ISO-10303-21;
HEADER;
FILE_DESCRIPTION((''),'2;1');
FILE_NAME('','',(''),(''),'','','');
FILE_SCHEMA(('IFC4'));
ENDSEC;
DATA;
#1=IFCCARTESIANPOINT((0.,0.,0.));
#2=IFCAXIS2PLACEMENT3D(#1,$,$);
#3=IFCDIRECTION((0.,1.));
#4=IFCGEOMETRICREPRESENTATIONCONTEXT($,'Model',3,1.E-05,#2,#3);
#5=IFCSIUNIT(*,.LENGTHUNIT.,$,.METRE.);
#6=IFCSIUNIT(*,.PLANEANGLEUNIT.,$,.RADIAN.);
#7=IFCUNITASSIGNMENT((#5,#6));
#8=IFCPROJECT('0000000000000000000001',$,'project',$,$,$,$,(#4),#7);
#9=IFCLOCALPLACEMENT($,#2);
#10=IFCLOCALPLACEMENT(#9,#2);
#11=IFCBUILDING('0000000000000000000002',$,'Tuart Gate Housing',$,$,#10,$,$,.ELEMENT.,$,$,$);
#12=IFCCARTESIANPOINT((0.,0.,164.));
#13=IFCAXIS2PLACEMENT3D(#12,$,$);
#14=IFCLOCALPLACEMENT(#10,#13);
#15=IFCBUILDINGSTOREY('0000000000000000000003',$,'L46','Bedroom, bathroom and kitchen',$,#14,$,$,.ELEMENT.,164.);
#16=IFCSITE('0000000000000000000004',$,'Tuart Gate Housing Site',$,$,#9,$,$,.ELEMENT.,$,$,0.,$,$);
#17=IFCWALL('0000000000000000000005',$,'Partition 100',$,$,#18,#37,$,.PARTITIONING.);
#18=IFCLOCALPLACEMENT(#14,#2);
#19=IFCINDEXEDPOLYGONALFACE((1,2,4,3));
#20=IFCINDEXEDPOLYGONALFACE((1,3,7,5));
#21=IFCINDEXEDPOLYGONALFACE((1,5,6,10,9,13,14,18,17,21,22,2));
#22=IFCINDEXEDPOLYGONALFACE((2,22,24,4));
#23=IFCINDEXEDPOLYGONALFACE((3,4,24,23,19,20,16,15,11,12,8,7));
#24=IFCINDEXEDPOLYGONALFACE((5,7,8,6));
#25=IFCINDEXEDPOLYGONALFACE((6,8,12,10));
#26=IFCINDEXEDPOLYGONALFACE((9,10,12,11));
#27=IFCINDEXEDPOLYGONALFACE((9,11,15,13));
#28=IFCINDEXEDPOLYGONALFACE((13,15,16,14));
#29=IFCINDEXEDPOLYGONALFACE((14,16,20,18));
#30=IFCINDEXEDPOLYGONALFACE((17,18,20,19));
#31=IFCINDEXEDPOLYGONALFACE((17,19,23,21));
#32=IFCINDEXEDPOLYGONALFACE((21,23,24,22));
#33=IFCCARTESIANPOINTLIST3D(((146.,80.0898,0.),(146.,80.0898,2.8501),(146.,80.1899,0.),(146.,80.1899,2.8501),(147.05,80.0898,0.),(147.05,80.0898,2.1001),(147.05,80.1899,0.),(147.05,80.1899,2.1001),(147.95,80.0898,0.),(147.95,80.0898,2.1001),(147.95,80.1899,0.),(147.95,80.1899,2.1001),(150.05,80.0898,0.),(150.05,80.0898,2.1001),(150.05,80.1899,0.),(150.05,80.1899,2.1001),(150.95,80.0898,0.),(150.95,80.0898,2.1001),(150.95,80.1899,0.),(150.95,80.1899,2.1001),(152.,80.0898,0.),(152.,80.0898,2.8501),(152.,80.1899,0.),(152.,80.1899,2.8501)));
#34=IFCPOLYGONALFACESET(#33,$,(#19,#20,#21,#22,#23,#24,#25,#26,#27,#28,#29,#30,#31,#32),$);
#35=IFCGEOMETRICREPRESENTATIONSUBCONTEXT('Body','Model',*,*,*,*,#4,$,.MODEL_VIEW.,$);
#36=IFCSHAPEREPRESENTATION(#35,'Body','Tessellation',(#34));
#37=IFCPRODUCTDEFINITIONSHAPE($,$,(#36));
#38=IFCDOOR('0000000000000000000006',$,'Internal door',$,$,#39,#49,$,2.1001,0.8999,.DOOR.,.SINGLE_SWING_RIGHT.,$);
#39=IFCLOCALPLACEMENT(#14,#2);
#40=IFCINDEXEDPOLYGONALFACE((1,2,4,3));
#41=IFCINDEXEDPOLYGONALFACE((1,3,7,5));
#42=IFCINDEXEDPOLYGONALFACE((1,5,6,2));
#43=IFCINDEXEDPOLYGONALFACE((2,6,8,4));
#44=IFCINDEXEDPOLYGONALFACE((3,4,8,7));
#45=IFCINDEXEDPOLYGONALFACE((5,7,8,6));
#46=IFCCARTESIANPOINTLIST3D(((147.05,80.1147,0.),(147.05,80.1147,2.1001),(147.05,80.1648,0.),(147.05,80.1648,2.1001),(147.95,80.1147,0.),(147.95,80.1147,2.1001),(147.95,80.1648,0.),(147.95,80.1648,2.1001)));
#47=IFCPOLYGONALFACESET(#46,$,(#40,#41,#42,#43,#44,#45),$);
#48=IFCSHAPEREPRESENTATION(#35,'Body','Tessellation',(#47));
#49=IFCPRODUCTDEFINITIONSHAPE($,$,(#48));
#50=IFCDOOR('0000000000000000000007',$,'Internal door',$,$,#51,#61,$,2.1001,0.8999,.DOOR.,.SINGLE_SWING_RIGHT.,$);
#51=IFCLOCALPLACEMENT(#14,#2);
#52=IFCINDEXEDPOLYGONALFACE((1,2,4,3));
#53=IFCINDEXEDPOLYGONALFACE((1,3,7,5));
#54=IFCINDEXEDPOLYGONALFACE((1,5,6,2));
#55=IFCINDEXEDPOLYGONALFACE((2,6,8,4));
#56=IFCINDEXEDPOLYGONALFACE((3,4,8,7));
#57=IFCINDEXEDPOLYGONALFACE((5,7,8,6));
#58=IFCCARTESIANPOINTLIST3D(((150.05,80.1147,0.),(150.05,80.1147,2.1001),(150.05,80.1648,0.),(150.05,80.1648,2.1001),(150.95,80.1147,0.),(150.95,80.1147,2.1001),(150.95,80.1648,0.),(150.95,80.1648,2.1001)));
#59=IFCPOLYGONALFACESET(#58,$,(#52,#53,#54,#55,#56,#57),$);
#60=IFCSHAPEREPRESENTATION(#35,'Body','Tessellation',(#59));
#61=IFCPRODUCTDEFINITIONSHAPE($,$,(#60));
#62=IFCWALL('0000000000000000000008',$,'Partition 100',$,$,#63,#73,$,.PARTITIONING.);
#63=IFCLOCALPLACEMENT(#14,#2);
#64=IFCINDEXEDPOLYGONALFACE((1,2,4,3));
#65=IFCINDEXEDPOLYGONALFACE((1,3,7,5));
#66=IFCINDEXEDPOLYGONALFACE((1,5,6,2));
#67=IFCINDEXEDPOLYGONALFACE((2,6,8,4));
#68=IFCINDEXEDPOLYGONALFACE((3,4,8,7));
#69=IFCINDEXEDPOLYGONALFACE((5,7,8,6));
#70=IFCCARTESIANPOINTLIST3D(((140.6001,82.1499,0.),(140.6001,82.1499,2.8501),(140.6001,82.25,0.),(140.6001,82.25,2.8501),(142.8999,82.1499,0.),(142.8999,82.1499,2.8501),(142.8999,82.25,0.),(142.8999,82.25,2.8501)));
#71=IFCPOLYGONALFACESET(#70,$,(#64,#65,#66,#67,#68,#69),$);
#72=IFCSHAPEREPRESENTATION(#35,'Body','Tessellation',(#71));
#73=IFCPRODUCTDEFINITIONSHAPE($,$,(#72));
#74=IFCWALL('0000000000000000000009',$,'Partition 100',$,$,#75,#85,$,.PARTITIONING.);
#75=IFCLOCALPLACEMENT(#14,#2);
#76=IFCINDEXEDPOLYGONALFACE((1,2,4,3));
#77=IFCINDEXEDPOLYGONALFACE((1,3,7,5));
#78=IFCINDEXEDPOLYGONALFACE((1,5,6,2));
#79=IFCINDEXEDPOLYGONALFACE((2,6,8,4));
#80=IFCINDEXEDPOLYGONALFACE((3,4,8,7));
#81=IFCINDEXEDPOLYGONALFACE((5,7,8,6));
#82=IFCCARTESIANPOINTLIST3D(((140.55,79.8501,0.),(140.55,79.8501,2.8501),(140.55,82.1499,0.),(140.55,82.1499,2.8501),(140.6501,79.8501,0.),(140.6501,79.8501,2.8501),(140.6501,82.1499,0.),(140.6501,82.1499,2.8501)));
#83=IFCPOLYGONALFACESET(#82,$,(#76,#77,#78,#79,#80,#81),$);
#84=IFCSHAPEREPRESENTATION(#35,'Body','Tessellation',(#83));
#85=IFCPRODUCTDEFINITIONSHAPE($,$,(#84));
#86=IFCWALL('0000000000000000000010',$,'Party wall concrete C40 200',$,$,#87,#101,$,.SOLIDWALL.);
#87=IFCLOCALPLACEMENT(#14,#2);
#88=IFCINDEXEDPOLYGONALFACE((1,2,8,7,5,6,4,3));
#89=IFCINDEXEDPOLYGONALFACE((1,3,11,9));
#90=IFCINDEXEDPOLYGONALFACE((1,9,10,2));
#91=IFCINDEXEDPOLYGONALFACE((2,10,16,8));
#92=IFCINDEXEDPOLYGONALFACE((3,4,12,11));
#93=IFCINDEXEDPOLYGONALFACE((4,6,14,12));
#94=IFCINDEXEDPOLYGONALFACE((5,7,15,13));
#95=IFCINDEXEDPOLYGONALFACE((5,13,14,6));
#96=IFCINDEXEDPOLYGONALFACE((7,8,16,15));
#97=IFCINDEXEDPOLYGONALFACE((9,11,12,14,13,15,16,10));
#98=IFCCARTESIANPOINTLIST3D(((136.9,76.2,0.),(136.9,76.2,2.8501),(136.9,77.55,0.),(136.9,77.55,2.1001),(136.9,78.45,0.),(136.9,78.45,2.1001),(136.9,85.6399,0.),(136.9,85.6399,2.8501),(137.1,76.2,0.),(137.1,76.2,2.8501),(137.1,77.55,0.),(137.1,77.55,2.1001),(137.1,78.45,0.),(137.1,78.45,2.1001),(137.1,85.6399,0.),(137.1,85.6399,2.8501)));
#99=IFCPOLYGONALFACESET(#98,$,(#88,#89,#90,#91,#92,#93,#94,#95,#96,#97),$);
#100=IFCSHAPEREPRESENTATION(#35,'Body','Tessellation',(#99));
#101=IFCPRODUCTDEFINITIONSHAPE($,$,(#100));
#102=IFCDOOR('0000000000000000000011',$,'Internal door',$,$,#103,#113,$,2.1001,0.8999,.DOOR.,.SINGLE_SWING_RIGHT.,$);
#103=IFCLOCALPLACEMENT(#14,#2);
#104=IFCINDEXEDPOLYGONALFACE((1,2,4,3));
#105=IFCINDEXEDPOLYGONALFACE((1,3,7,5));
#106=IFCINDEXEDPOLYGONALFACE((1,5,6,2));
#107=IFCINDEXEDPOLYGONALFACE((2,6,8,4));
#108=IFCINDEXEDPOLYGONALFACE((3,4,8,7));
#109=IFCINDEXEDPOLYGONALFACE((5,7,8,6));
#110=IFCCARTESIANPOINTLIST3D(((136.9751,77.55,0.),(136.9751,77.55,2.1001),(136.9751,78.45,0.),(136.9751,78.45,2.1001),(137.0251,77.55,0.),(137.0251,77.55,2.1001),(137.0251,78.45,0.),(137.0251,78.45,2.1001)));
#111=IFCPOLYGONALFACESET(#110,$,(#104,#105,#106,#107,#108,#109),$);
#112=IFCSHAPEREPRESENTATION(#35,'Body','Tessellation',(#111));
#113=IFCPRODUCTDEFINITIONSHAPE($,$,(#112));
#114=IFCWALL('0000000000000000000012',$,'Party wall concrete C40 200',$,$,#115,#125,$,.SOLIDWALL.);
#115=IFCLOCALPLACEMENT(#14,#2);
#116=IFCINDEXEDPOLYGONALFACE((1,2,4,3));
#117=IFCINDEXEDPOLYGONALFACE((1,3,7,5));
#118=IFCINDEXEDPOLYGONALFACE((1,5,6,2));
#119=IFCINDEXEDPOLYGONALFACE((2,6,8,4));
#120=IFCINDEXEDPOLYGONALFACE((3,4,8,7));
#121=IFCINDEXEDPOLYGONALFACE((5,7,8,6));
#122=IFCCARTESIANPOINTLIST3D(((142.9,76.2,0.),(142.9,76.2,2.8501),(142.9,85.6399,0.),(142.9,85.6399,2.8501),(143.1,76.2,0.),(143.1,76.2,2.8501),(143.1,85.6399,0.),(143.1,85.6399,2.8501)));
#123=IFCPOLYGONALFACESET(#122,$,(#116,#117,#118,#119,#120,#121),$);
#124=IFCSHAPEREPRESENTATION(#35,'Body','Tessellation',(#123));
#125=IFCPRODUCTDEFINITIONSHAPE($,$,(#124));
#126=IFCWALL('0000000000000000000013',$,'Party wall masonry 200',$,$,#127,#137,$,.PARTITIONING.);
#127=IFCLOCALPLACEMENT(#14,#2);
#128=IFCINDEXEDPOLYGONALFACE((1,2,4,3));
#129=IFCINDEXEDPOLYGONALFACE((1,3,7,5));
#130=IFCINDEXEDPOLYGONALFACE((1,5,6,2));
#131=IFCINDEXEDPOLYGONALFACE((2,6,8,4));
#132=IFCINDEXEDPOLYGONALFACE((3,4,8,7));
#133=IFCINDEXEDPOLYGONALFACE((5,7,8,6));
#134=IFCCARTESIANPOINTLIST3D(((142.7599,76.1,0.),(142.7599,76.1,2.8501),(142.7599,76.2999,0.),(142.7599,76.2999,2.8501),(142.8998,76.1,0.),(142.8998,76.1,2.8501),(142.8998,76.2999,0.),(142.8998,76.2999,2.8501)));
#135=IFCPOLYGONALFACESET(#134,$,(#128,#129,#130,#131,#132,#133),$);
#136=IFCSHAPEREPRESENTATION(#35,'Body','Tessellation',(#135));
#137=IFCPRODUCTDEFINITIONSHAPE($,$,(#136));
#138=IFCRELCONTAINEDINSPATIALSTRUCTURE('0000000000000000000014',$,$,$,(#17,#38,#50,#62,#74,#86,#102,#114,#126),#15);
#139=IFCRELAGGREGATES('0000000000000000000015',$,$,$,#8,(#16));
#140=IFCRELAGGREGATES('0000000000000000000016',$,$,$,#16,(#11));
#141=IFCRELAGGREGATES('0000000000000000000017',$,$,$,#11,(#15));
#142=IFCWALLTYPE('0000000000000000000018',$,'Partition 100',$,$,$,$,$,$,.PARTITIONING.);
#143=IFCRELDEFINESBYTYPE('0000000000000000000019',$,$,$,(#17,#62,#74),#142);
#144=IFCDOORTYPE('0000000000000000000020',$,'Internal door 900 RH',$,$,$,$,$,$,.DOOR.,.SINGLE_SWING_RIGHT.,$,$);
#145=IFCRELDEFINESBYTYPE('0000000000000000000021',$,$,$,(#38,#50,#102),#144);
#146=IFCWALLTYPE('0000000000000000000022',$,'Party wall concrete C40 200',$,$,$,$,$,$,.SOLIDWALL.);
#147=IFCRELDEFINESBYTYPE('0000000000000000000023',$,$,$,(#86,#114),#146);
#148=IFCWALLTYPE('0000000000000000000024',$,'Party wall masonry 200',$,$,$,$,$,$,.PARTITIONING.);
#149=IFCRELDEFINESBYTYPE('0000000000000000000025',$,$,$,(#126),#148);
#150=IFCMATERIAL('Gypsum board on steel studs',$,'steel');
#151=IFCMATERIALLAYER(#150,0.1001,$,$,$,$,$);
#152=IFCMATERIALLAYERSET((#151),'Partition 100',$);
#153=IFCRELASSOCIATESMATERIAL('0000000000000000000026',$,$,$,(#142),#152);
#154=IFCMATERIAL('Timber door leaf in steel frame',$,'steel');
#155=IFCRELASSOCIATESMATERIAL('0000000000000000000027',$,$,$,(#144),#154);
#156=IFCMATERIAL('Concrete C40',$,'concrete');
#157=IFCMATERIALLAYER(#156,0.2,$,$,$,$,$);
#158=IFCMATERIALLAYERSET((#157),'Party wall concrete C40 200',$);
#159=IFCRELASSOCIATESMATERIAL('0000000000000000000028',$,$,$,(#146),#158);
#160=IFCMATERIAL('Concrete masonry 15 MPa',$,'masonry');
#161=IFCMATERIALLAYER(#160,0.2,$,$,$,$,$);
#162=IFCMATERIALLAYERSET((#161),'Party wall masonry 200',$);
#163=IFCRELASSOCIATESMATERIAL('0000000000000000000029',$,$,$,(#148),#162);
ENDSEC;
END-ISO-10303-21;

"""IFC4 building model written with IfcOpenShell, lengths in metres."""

from ifc_helpers import new_model, si_unit, direction, frame, frame_2d, origin, place, context, subcontext, project, spatial, rectangle, extrude, material, layer, layer_set, type_object, element, fill, save


model = new_model("IFC4")

# Units and contexts
model_context = context("Model", 3, precision=1e-05, world=origin(), true_north=direction((0.0, 1.0)))
body_context = subcontext(model_context, "Body", "Model", "MODEL_VIEW")
ifc_project = project(units=[si_unit("LENGTHUNIT", "METRE"), si_unit("PLANEANGLEUNIT", "RADIAN")], contexts=[model_context])

# Site, building, storey
site_placement = place(None, origin())
site = spatial("IfcSite", under=ifc_project, at=site_placement, Name="Tuart Gate Housing Site", CompositionType="ELEMENT", RefElevation=0.0)
building_placement = place(site_placement, origin())
building = spatial("IfcBuilding", under=site, at=building_placement, Name="Tuart Gate Housing", CompositionType="ELEMENT")
storey_placement = place(building_placement, frame((0.0, 0.0, 164.0)))
storey = spatial("IfcBuildingStorey", under=building, at=storey_placement, Name="L46", Description="Bedroom, bathroom and kitchen", CompositionType="ELEMENT", Elevation=164.0)

# Shared definitions
ifc_material_1 = material(Name="Gypsum board on steel studs", Category="steel")
ifc_layer_1 = layer(ifc_material_1, 0.1001)
ifc_layer_set_1 = layer_set([ifc_layer_1], Name="Partition 100")
wall_type_1 = type_object("IfcWallType", Name="Partition 100", PredefinedType="PARTITIONING", material=ifc_layer_set_1)

# Wall, openings, doors
ifc_material_2 = material(Name="Timber door leaf in steel frame", Category="steel")
door_type_1 = type_object("IfcDoorType", Name="Internal door 900 RH", OperationType="SINGLE_SWING_RIGHT", PredefinedType="DOOR", material=ifc_material_2)
wall_1_placement = place(storey_placement, frame((146.0, 80.1399, 0.0), z_axis=(0.0, 0.0, 1.0), x_axis=(1.0, 0.0, 0.0)))
wall_1 = element("IfcWall", 1, at=wall_1_placement, inside=storey, type_object=wall_type_1, Name="Partition 100", PredefinedType="PARTITIONING", context=body_context, shape_type="SweptSolid", body=[
    extrude(rectangle(XDim=6.0, YDim=0.1001, at=frame_2d((3.0, 0.0))), origin(), (0.0, 0.0, 1.0), 2.8501),
])
opening_1_placement = place(wall_1_placement, frame((1.05, 0.0, 0.0)))
opening_1 = element("IfcOpeningElement", 2, at=opening_1_placement, cuts=wall_1, PredefinedType="OPENING", context=body_context, shape_type="SweptSolid", body=[
    extrude(rectangle(XDim=0.8999, YDim=2.1001, at=frame_2d((0.45, 1.05))), frame((0.0, 0.0601, 0.0), z_axis=(0.0, -1.0, 0.0), x_axis=(1.0, 0.0, 0.0)), (0.0, 0.0, 1.0), 0.1201),
])
opening_2_placement = place(wall_1_placement, frame((4.05, 0.0, 0.0)))
opening_2 = element("IfcOpeningElement", 3, at=opening_2_placement, cuts=wall_1, PredefinedType="OPENING", context=body_context, shape_type="SweptSolid", body=[
    extrude(rectangle(XDim=0.8999, YDim=2.1001, at=frame_2d((0.45, 1.05))), frame((0.0, 0.0601, 0.0), z_axis=(0.0, -1.0, 0.0), x_axis=(1.0, 0.0, 0.0)), (0.0, 0.0, 1.0), 0.1201),
])
door_1_placement = place(opening_1_placement, frame((0.8999, 0.0, 0.0), z_axis=(0.0, 0.0, 1.0), x_axis=(-1.0, 0.0, 0.0)))
door_1 = element("IfcDoor", 4, at=door_1_placement, inside=storey, type_object=door_type_1, Name="Internal door", OperationType="SINGLE_SWING_RIGHT", OverallHeight=2.1001, OverallWidth=0.8999, PredefinedType="DOOR", context=body_context, shape_type="SweptSolid", body=[
    extrude(rectangle(XDim=0.8999, YDim=2.1001, at=frame_2d((0.45, 1.05))), frame((0.0, 0.0251, 0.0), z_axis=(0.0, -1.0, 0.0), x_axis=(1.0, 0.0, 0.0)), (0.0, 0.0, 1.0), 0.05),
])
fill(opening_1, door_1)
door_2_placement = place(opening_2_placement, frame((0.8999, 0.0, 0.0), z_axis=(0.0, 0.0, 1.0), x_axis=(-1.0, 0.0, 0.0)))
door_2 = element("IfcDoor", 5, at=door_2_placement, inside=storey, type_object=door_type_1, Name="Internal door", OperationType="SINGLE_SWING_RIGHT", OverallHeight=2.1001, OverallWidth=0.8999, PredefinedType="DOOR", context=body_context, shape_type="SweptSolid", body=[
    extrude(rectangle(XDim=0.8999, YDim=2.1001, at=frame_2d((0.45, 1.05))), frame((0.0, 0.0251, 0.0), z_axis=(0.0, -1.0, 0.0), x_axis=(1.0, 0.0, 0.0)), (0.0, 0.0, 1.0), 0.05),
])
fill(opening_2, door_2)

# Walls
for number, where, z_axis, x_axis, name in (
    (6, (140.6001, 82.2, 0.0), (0.0, 0.0, 1.0), (1.0, 0.0, 0.0), "Partition 100"),
    (7, (140.6001, 79.8501, 0.0), (0.0, 0.0, 1.0), (0.0, 1.0, 0.0), "Partition 100"),
):
    element("IfcWall", number, at=place(storey_placement, frame(where, z_axis=z_axis, x_axis=x_axis)), inside=storey, type_object=wall_type_1, Name=name, PredefinedType="PARTITIONING", context=body_context, shape_type="SweptSolid", body=[
        extrude(rectangle(XDim=2.2998, YDim=0.1001, at=frame_2d((1.1499, 0.0))), origin(), (0.0, 0.0, 1.0), 2.8501),
    ])

# Wall, opening, door
ifc_material_3 = material(Name="Concrete C40", Category="concrete")
ifc_layer_2 = layer(ifc_material_3, 0.2)
ifc_layer_set_2 = layer_set([ifc_layer_2], Name="Party wall concrete C40 200")
wall_type_2 = type_object("IfcWallType", Name="Party wall concrete C40 200", PredefinedType="SOLIDWALL", material=ifc_layer_set_2)
wall_2_placement = place(storey_placement, frame((137.0, 76.2, 0.0), z_axis=(0.0, 0.0, 1.0), x_axis=(0.0, 1.0, 0.0)))
wall_2 = element("IfcWall", 8, at=wall_2_placement, inside=storey, type_object=wall_type_2, Name="Party wall concrete C40 200", PredefinedType="SOLIDWALL", context=body_context, shape_type="SweptSolid", body=[
    extrude(rectangle(XDim=9.4399, YDim=0.2, at=frame_2d((4.72, 0.0))), origin(), (0.0, 0.0, 1.0), 2.8501),
])
opening_3_placement = place(wall_2_placement, frame((1.3501, 0.0, 0.0)))
opening_3 = element("IfcOpeningElement", 9, at=opening_3_placement, cuts=wall_2, PredefinedType="OPENING", context=body_context, shape_type="SweptSolid", body=[
    extrude(rectangle(XDim=0.8999, YDim=2.1001, at=frame_2d((0.45, 1.05))), frame((0.0, 0.1099, 0.0), z_axis=(0.0, -1.0, 0.0), x_axis=(1.0, 0.0, 0.0)), (0.0, 0.0, 1.0), 0.22),
])
door_3_placement = place(opening_3_placement, frame((0.8999, 0.0, 0.0), z_axis=(0.0, 0.0, 1.0), x_axis=(-1.0, 0.0, 0.0)))
door_3 = element("IfcDoor", 10, at=door_3_placement, inside=storey, type_object=door_type_1, Name="Internal door", OperationType="SINGLE_SWING_RIGHT", OverallHeight=2.1001, OverallWidth=0.8999, PredefinedType="DOOR", context=body_context, shape_type="SweptSolid", body=[
    extrude(rectangle(XDim=0.8999, YDim=2.1001, at=frame_2d((0.45, 1.05))), frame((0.0, 0.0251, 0.0), z_axis=(0.0, -1.0, 0.0), x_axis=(1.0, 0.0, 0.0)), (0.0, 0.0, 1.0), 0.05),
])
fill(opening_3, door_3)

# Walls
wall_3_placement = place(storey_placement, frame((143.0, 76.2, 0.0), z_axis=(0.0, 0.0, 1.0), x_axis=(0.0, 1.0, 0.0)))
element("IfcWall", 11, at=wall_3_placement, inside=storey, type_object=wall_type_2, Name="Party wall concrete C40 200", PredefinedType="SOLIDWALL", context=body_context, shape_type="SweptSolid", body=[
    extrude(rectangle(XDim=9.4399, YDim=0.2, at=frame_2d((4.72, 0.0))), origin(), (0.0, 0.0, 1.0), 2.8501),
])
ifc_material_4 = material(Name="Concrete masonry 15 MPa", Category="masonry")
ifc_layer_3 = layer(ifc_material_4, 0.2)
ifc_layer_set_3 = layer_set([ifc_layer_3], Name="Party wall masonry 200")
wall_type_3 = type_object("IfcWallType", Name="Party wall masonry 200", PredefinedType="PARTITIONING", material=ifc_layer_set_3)
wall_4_placement = place(storey_placement, frame((142.76, 76.2, 0.0), z_axis=(0.0, 0.0, 1.0), x_axis=(1.0, 0.0, 0.0)))
element("IfcWall", 12, at=wall_4_placement, inside=storey, type_object=wall_type_3, Name="Party wall masonry 200", PredefinedType="PARTITIONING", context=body_context, shape_type="SweptSolid", body=[
    extrude(rectangle(XDim=0.1399, YDim=0.2, at=frame_2d((0.0698, 0.0))), origin(), (0.0, 0.0, 1.0), 2.8501),
])

save(model, "model.ifc")
